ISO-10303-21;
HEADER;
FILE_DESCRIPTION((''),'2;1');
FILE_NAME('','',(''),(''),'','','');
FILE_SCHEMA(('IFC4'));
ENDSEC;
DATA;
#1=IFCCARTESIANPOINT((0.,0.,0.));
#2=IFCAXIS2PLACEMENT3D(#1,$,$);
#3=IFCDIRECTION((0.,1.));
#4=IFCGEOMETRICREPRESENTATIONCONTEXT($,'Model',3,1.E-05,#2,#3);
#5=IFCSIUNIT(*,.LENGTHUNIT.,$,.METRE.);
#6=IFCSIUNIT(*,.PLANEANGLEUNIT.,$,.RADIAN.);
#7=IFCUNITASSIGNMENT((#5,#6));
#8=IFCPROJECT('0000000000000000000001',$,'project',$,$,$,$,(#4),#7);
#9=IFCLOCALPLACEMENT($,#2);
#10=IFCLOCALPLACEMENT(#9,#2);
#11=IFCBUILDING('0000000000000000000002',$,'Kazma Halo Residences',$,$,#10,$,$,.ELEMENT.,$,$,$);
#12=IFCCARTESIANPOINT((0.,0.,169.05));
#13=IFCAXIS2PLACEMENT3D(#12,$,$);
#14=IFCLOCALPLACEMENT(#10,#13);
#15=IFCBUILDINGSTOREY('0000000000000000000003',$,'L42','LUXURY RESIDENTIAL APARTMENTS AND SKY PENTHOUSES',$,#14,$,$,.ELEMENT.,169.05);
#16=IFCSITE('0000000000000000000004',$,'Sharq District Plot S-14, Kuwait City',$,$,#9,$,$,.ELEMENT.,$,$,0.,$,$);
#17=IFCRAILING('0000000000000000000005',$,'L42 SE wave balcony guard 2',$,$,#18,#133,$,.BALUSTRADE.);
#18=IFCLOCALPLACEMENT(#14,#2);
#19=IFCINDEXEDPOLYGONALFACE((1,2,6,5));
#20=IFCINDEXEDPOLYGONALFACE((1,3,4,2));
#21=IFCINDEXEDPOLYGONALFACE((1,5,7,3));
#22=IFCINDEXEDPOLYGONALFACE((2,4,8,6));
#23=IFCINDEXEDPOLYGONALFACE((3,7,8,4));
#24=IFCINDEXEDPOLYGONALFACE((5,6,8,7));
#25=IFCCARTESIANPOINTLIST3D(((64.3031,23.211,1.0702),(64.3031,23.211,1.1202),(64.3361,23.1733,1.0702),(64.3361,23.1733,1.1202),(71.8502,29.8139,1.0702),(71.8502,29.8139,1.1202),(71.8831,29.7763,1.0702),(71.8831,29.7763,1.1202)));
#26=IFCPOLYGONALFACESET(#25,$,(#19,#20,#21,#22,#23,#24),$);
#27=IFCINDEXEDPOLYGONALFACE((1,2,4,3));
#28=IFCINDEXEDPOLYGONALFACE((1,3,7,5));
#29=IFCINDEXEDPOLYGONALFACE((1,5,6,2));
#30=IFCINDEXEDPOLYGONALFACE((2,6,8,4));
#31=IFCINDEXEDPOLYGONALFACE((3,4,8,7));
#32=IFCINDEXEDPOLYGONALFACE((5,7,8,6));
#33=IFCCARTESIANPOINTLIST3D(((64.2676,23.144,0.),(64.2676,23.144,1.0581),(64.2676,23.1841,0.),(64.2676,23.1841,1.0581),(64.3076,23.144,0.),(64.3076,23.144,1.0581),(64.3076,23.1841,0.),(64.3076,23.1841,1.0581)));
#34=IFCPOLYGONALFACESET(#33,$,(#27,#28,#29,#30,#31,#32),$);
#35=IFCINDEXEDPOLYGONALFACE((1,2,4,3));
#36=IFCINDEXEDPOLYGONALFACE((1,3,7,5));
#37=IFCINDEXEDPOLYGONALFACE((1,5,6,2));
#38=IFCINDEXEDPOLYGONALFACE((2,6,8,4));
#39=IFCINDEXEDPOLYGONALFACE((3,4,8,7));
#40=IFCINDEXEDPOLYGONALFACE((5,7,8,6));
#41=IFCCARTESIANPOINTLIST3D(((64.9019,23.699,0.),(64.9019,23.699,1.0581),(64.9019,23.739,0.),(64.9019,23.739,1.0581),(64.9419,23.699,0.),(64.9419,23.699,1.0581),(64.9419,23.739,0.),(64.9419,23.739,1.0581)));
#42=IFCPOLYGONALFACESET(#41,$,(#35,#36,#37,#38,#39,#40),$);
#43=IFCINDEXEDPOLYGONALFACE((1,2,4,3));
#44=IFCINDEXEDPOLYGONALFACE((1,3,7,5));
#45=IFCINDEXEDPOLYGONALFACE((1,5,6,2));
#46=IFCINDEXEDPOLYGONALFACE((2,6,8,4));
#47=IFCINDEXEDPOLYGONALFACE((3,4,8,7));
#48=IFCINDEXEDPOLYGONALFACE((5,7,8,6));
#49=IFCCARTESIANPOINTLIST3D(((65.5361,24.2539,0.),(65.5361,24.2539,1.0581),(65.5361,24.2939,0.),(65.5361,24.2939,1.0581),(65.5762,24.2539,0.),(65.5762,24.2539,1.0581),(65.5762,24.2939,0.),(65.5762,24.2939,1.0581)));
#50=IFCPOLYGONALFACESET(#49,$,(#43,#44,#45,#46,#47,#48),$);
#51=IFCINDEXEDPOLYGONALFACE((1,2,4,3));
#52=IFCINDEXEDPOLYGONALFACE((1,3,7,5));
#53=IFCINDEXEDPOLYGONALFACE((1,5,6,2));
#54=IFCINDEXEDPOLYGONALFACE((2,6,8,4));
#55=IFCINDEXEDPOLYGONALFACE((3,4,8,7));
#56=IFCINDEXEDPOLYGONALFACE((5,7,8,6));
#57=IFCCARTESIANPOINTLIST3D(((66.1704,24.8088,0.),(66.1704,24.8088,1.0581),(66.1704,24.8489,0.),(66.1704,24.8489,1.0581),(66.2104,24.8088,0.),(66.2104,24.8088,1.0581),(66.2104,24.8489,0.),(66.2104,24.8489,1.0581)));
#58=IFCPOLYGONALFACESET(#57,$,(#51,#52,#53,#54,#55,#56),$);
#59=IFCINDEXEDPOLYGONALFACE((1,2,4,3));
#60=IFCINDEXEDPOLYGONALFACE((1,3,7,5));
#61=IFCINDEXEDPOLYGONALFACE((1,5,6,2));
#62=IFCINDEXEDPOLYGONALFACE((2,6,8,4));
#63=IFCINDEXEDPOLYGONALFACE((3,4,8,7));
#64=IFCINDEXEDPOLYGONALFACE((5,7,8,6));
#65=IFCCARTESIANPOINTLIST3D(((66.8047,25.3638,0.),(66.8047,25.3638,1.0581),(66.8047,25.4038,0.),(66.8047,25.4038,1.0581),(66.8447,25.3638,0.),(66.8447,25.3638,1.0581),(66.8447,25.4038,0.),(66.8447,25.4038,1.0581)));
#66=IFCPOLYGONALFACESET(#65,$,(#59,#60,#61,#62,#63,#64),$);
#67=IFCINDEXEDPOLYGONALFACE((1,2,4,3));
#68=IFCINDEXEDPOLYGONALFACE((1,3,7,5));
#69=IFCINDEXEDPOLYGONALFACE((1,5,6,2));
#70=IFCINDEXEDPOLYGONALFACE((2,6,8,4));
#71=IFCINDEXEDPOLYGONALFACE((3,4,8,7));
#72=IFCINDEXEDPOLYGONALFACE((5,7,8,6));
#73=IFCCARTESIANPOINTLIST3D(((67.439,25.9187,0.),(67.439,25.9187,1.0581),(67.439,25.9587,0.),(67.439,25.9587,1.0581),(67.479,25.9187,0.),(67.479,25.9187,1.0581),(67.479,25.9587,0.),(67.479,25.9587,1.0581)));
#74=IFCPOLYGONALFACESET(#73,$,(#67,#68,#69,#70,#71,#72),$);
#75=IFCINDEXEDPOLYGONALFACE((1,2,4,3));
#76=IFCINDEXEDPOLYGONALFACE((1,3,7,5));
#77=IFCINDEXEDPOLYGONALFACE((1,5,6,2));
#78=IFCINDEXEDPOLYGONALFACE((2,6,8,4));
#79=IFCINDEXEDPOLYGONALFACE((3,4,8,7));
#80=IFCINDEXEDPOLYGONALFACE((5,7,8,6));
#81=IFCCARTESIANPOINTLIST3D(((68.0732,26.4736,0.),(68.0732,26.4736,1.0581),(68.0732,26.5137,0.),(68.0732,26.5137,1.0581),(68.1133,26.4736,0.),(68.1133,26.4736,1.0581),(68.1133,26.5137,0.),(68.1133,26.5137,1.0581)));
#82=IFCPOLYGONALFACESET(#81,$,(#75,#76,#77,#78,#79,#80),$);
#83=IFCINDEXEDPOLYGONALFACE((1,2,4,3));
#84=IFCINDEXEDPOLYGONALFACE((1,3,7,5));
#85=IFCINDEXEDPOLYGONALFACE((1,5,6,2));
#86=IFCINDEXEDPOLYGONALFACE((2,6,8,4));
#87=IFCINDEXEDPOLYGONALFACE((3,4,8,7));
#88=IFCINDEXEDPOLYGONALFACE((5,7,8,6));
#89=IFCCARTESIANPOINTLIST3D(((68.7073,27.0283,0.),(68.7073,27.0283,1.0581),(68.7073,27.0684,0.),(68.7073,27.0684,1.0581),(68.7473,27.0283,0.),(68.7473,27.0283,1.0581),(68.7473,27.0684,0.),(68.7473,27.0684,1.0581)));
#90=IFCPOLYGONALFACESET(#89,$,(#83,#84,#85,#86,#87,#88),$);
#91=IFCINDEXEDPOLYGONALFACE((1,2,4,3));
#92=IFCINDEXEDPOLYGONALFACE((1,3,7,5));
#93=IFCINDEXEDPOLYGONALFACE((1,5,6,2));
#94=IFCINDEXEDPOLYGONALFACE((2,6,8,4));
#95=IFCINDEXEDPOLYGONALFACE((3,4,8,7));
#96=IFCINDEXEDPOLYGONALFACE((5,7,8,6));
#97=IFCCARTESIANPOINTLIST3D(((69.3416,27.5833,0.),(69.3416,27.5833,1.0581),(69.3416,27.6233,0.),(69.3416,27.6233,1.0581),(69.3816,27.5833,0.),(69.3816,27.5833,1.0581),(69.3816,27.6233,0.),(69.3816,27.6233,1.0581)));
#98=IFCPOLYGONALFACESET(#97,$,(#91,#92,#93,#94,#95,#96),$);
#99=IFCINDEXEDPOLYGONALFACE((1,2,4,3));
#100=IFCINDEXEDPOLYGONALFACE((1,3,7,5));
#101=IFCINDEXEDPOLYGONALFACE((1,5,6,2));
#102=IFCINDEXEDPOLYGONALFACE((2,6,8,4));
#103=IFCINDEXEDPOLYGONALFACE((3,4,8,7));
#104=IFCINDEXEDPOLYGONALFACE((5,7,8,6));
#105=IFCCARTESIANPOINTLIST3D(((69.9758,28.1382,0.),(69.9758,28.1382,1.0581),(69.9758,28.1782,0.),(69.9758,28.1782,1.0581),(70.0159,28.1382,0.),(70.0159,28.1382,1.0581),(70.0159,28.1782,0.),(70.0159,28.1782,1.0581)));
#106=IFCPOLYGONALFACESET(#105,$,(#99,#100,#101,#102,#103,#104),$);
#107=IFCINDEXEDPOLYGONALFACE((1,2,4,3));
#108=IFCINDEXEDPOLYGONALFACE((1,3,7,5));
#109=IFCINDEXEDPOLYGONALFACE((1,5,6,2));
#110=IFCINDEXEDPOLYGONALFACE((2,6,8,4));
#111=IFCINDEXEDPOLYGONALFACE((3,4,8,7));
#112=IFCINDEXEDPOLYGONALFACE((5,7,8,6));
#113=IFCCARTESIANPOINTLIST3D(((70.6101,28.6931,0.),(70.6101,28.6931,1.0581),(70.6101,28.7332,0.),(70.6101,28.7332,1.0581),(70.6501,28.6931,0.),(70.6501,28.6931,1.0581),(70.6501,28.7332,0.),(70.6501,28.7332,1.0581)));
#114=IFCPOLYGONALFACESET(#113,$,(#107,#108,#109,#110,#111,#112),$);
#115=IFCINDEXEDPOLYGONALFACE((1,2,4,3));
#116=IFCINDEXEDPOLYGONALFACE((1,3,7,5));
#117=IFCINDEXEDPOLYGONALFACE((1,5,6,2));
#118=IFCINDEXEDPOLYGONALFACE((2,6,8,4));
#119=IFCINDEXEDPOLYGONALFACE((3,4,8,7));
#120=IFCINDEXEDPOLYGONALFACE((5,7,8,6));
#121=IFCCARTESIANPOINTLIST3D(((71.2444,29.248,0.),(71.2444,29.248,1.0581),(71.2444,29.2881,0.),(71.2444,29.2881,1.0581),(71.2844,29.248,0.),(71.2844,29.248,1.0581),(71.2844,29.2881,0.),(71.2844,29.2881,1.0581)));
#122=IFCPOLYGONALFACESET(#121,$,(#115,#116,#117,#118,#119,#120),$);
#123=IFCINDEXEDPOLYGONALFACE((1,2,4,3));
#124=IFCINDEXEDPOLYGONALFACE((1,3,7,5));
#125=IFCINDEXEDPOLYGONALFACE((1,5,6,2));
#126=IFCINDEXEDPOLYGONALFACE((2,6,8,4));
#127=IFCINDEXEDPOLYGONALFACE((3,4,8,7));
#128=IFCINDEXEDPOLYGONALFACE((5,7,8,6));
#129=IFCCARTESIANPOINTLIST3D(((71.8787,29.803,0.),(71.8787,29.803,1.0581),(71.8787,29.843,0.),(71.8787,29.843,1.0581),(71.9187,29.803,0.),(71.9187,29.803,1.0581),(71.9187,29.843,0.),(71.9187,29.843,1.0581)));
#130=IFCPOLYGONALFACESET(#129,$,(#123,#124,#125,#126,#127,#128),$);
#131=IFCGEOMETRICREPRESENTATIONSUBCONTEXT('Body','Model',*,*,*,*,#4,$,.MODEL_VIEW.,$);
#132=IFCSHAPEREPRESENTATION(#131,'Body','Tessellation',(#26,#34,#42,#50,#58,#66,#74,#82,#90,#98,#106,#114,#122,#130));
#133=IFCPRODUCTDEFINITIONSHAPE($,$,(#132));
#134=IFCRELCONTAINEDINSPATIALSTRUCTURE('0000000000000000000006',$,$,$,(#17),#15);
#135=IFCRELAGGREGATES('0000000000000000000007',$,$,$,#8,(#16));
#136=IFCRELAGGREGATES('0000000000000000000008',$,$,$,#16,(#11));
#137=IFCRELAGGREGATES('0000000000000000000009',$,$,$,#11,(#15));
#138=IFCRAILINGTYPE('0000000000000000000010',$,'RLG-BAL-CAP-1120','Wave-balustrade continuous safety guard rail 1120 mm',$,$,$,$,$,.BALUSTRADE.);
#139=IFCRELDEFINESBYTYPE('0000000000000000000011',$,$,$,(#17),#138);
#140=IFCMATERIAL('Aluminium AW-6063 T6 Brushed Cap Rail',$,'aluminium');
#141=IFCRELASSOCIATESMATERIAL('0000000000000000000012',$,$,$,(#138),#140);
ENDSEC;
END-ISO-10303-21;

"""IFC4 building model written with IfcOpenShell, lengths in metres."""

from ifc_helpers import new_model, si_unit, direction, frame, origin, origin_2d, place, context, subcontext, project, spatial, rectangle, extrude, material, type_object, element, save


model = new_model("IFC4")

# Units and contexts
model_context = context("Model", 3, precision=1e-05, world=origin(), true_north=direction((0.0, 1.0)))
body_context = subcontext(model_context, "Body", "Model", "MODEL_VIEW")
ifc_project = project(units=[si_unit("LENGTHUNIT", "METRE"), si_unit("PLANEANGLEUNIT", "RADIAN")], contexts=[model_context])

# Site, building, storey
site_placement = place(None, origin())
site = spatial("IfcSite", under=ifc_project, at=site_placement, Name="Sharq District Plot S-14, Kuwait City", CompositionType="ELEMENT", RefElevation=0.0)
building_placement = place(site_placement, origin())
building = spatial("IfcBuilding", under=site, at=building_placement, Name="Kazma Halo Residences", CompositionType="ELEMENT")
storey_placement = place(building_placement, frame((0.0, 0.0, 169.05)))
storey = spatial("IfcBuildingStorey", under=building, at=storey_placement, Name="L42", Description="LUXURY RESIDENTIAL APARTMENTS AND SKY PENTHOUSES", CompositionType="ELEMENT", Elevation=169.05)

# Railing
ifc_material_1 = material(Name="Aluminium AW-6063 T6 Brushed Cap Rail", Category="aluminium")
railing_type = type_object("IfcRailingType", Name="RLG-BAL-CAP-1120", Description="Wave-balustrade continuous safety guard rail 1120 mm", PredefinedType="BALUSTRADE", material=ifc_material_1)
railing_1_placement = place(storey_placement, frame((64.2876, 23.1641, 0.0)))
element("IfcRailing", 1, at=railing_1_placement, inside=storey, type_object=railing_type, Name="L42 SE wave balcony guard 2", PredefinedType="BALUSTRADE", context=body_context, shape_type="SweptSolid", body=[
    extrude(rectangle(XDim=0.05, YDim=0.05, at=origin_2d()), frame((0.032, 0.0281, 1.0952), z_axis=(0.752614, 0.658462, 0.0), x_axis=(-0.658462, 0.752614, 0.0)), (0.0, 0.0, 1.0), 10.0278),
    extrude(rectangle(XDim=0.04, YDim=0.04, at=origin_2d()), origin(), (0.0, 0.0, 1.0), 1.0581),
    extrude(rectangle(XDim=0.04, YDim=0.04, at=origin_2d()), frame((0.6343, 0.5549, 0.0)), (0.0, 0.0, 1.0), 1.0581),
    extrude(rectangle(XDim=0.04, YDim=0.04, at=origin_2d()), frame((1.2686, 1.1099, 0.0)), (0.0, 0.0, 1.0), 1.0581),
    extrude(rectangle(XDim=0.04, YDim=0.04, at=origin_2d()), frame((1.9028, 1.6648, 0.0)), (0.0, 0.0, 1.0), 1.0581),
    extrude(rectangle(XDim=0.04, YDim=0.04, at=origin_2d()), frame((2.5371, 2.2197, 0.0)), (0.0, 0.0, 1.0), 1.0581),
    extrude(rectangle(XDim=0.04, YDim=0.04, at=origin_2d()), frame((3.1714, 2.7747, 0.0)), (0.0, 0.0, 1.0), 1.0581),
    extrude(rectangle(XDim=0.04, YDim=0.04, at=origin_2d()), frame((3.8057, 3.3296, 0.0)), (0.0, 0.0, 1.0), 1.0581),
    extrude(rectangle(XDim=0.04, YDim=0.04, at=origin_2d()), frame((4.4397, 3.8843, 0.0)), (0.0, 0.0, 1.0), 1.0581),
    extrude(rectangle(XDim=0.04, YDim=0.04, at=origin_2d()), frame((5.074, 4.4392, 0.0)), (0.0, 0.0, 1.0), 1.0581),
    extrude(rectangle(XDim=0.04, YDim=0.04, at=origin_2d()), frame((5.7083, 4.9941, 0.0)), (0.0, 0.0, 1.0), 1.0581),
    extrude(rectangle(XDim=0.04, YDim=0.04, at=origin_2d()), frame((6.3425, 5.5491, 0.0)), (0.0, 0.0, 1.0), 1.0581),
    extrude(rectangle(XDim=0.04, YDim=0.04, at=origin_2d()), frame((6.9768, 6.104, 0.0)), (0.0, 0.0, 1.0), 1.0581),
    extrude(rectangle(XDim=0.04, YDim=0.04, at=origin_2d()), frame((7.6111, 6.6589, 0.0)), (0.0, 0.0, 1.0), 1.0581),
])

save(model, "model.ifc")
